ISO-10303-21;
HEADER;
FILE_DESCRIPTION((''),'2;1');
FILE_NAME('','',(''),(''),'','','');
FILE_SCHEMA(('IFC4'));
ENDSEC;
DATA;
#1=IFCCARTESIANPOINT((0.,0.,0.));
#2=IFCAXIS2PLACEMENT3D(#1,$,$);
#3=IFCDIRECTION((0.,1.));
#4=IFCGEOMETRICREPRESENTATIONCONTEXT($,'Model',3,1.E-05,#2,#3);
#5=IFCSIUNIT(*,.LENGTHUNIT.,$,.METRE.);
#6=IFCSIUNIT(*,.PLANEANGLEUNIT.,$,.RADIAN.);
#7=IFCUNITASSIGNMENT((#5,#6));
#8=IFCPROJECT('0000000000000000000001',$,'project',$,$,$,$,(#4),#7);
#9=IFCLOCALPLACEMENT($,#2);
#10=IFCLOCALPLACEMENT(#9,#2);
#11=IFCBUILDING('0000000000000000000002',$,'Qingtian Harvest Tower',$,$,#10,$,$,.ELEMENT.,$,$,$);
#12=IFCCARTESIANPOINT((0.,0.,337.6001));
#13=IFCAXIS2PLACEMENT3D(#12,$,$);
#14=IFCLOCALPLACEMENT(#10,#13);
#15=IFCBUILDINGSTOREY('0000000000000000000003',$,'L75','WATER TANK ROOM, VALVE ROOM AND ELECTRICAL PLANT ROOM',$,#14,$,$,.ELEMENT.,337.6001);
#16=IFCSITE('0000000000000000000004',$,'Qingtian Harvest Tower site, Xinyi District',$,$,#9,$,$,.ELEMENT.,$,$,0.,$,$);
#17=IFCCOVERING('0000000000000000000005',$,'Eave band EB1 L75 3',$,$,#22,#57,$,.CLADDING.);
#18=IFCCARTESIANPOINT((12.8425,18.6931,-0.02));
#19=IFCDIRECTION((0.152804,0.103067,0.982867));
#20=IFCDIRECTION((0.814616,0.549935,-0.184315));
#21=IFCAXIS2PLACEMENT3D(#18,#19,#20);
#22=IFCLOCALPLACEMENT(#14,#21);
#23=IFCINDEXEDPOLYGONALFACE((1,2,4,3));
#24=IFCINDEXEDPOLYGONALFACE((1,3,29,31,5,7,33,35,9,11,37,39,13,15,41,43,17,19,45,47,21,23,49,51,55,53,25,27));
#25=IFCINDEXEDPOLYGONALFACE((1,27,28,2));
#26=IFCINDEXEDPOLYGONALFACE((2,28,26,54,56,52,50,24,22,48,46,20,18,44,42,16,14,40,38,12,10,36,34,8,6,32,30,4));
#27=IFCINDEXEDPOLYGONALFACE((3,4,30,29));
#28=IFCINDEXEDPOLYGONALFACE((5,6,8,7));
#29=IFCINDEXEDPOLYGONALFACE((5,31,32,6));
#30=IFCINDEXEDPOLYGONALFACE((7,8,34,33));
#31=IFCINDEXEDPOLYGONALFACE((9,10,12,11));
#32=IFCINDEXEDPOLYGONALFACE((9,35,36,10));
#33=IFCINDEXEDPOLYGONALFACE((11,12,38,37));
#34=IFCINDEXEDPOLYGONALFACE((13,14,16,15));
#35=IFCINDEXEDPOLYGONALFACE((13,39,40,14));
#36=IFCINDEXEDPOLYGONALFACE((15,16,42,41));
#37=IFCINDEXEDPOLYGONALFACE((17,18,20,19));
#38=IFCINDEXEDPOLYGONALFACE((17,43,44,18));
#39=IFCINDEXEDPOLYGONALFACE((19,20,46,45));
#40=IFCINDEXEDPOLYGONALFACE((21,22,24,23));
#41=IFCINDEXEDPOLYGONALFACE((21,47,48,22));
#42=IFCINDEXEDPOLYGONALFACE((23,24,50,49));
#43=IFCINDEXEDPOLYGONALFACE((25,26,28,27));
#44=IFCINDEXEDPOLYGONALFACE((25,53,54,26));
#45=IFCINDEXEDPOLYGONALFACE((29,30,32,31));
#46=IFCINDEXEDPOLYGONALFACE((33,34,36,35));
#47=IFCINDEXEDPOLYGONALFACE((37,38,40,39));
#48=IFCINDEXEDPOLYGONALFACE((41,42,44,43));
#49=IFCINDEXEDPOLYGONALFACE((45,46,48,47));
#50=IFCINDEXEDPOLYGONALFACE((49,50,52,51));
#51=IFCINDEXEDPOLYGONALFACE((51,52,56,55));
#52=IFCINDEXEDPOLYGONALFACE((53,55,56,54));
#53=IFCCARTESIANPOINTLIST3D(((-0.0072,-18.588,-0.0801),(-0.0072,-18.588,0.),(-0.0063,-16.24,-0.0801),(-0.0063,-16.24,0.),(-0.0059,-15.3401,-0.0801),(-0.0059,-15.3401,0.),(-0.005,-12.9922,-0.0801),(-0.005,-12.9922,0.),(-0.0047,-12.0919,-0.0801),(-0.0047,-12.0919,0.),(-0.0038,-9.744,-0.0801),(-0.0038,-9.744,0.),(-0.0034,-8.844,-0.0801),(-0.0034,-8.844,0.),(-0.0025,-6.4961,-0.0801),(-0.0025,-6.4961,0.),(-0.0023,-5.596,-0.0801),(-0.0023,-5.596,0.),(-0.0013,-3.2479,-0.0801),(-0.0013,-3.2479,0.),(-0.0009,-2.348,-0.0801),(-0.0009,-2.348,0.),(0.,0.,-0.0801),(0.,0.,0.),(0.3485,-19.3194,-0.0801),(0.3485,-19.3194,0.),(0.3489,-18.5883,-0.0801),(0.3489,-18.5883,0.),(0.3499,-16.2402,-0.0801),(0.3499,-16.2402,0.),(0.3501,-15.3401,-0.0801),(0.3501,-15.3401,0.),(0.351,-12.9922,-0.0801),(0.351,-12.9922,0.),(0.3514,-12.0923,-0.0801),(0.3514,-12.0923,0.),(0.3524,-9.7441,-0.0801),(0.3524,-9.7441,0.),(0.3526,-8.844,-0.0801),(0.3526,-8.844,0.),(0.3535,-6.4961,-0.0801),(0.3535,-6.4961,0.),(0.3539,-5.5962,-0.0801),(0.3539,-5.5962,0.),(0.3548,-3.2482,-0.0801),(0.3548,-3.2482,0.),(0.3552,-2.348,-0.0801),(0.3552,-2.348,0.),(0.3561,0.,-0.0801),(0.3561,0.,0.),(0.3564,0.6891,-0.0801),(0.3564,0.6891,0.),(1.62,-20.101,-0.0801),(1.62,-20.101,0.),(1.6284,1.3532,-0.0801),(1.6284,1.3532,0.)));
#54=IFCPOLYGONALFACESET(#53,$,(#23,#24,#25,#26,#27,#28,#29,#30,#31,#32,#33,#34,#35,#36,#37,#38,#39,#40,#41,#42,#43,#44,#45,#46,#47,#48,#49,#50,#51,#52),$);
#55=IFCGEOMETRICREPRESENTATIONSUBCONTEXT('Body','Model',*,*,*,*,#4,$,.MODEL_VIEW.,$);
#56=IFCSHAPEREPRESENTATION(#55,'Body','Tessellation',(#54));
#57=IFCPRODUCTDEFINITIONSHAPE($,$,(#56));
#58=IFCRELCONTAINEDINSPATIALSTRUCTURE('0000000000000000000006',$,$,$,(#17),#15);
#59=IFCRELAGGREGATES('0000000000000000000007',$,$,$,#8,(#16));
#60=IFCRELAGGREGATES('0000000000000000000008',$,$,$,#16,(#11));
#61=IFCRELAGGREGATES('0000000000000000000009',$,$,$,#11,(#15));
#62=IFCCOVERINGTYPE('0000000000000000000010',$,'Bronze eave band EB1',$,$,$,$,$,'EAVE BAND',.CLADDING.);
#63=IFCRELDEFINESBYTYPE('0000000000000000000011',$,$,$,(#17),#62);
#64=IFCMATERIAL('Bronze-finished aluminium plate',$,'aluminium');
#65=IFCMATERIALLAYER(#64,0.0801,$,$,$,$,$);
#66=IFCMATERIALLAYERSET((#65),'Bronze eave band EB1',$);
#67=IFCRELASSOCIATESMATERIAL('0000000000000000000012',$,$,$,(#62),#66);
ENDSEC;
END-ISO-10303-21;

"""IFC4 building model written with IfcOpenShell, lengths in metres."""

from ifc_helpers import new_model, si_unit, direction, frame, origin, place, context, subcontext, project, spatial, polyline, outline, extrude, material, layer, layer_set, type_object, element, save


model = new_model("IFC4")

# Units and contexts
model_context = context("Model", 3, precision=1e-05, world=origin(), true_north=direction((0.0, 1.0)))
body_context = subcontext(model_context, "Body", "Model", "MODEL_VIEW")
ifc_project = project(units=[si_unit("LENGTHUNIT", "METRE"), si_unit("PLANEANGLEUNIT", "RADIAN")], contexts=[model_context])

# Site, building, storey
site_placement = place(None, origin())
site = spatial("IfcSite", under=ifc_project, at=site_placement, Name="Qingtian Harvest Tower site, Xinyi District", CompositionType="ELEMENT", RefElevation=0.0)
building_placement = place(site_placement, origin())
building = spatial("IfcBuilding", under=site, at=building_placement, Name="Qingtian Harvest Tower", CompositionType="ELEMENT")
storey_placement = place(building_placement, frame((0.0, 0.0, 337.6001)))
storey = spatial("IfcBuildingStorey", under=building, at=storey_placement, Name="L75", Description="WATER TANK ROOM, VALVE ROOM AND ELECTRICAL PLANT ROOM", CompositionType="ELEMENT", Elevation=337.6001)

# Covering
ifc_material_1 = material(Name="Bronze-finished aluminium plate", Category="aluminium")
ifc_layer_1 = layer(ifc_material_1, 0.0801)
ifc_layer_set_1 = layer_set([ifc_layer_1], Name="Bronze eave band EB1")
covering_type = type_object("IfcCoveringType", Name="Bronze eave band EB1", ElementType="EAVE BAND", PredefinedType="CLADDING", material=ifc_layer_set_1)
covering_1_placement = place(storey_placement, frame((12.8425, 18.6931, -0.02), z_axis=(0.152804, 0.103067, 0.982867), x_axis=(0.814616, 0.549935, -0.184315)))
element("IfcCovering", 1, at=covering_1_placement, inside=storey, type_object=covering_type, Name="Eave band EB1 L75 3", PredefinedType="CLADDING", context=body_context, shape_type="SweptSolid", body=[
    extrude(outline(polyline([(0.0, 0.0), (0.3561, 0.0), (0.3564, 0.6891), (1.6284, 1.3532), (1.62, -20.101), (0.3485, -19.3194), (0.3489, -18.5883), (-0.0072, -18.588), (-0.0063, -16.24), (0.3499, -16.2402), (0.3501, -15.3401), (-0.0059, -15.3401), (-0.005, -12.9922), (0.351, -12.9922), (0.3514, -12.0923), (-0.0047, -12.0919), (-0.0038, -9.744), (0.3524, -9.7441), (0.3526, -8.844), (-0.0034, -8.844), (-0.0025, -6.4961), (0.3535, -6.4961), (0.3539, -5.5962), (-0.0023, -5.596), (-0.0013, -3.2479), (0.3548, -3.2482), (0.3552, -2.348), (-0.0009, -2.348), (0.0, 0.0)])), origin(), (0.0, 0.0, -1.0), 0.0801),
])

save(model, "model.ifc")
